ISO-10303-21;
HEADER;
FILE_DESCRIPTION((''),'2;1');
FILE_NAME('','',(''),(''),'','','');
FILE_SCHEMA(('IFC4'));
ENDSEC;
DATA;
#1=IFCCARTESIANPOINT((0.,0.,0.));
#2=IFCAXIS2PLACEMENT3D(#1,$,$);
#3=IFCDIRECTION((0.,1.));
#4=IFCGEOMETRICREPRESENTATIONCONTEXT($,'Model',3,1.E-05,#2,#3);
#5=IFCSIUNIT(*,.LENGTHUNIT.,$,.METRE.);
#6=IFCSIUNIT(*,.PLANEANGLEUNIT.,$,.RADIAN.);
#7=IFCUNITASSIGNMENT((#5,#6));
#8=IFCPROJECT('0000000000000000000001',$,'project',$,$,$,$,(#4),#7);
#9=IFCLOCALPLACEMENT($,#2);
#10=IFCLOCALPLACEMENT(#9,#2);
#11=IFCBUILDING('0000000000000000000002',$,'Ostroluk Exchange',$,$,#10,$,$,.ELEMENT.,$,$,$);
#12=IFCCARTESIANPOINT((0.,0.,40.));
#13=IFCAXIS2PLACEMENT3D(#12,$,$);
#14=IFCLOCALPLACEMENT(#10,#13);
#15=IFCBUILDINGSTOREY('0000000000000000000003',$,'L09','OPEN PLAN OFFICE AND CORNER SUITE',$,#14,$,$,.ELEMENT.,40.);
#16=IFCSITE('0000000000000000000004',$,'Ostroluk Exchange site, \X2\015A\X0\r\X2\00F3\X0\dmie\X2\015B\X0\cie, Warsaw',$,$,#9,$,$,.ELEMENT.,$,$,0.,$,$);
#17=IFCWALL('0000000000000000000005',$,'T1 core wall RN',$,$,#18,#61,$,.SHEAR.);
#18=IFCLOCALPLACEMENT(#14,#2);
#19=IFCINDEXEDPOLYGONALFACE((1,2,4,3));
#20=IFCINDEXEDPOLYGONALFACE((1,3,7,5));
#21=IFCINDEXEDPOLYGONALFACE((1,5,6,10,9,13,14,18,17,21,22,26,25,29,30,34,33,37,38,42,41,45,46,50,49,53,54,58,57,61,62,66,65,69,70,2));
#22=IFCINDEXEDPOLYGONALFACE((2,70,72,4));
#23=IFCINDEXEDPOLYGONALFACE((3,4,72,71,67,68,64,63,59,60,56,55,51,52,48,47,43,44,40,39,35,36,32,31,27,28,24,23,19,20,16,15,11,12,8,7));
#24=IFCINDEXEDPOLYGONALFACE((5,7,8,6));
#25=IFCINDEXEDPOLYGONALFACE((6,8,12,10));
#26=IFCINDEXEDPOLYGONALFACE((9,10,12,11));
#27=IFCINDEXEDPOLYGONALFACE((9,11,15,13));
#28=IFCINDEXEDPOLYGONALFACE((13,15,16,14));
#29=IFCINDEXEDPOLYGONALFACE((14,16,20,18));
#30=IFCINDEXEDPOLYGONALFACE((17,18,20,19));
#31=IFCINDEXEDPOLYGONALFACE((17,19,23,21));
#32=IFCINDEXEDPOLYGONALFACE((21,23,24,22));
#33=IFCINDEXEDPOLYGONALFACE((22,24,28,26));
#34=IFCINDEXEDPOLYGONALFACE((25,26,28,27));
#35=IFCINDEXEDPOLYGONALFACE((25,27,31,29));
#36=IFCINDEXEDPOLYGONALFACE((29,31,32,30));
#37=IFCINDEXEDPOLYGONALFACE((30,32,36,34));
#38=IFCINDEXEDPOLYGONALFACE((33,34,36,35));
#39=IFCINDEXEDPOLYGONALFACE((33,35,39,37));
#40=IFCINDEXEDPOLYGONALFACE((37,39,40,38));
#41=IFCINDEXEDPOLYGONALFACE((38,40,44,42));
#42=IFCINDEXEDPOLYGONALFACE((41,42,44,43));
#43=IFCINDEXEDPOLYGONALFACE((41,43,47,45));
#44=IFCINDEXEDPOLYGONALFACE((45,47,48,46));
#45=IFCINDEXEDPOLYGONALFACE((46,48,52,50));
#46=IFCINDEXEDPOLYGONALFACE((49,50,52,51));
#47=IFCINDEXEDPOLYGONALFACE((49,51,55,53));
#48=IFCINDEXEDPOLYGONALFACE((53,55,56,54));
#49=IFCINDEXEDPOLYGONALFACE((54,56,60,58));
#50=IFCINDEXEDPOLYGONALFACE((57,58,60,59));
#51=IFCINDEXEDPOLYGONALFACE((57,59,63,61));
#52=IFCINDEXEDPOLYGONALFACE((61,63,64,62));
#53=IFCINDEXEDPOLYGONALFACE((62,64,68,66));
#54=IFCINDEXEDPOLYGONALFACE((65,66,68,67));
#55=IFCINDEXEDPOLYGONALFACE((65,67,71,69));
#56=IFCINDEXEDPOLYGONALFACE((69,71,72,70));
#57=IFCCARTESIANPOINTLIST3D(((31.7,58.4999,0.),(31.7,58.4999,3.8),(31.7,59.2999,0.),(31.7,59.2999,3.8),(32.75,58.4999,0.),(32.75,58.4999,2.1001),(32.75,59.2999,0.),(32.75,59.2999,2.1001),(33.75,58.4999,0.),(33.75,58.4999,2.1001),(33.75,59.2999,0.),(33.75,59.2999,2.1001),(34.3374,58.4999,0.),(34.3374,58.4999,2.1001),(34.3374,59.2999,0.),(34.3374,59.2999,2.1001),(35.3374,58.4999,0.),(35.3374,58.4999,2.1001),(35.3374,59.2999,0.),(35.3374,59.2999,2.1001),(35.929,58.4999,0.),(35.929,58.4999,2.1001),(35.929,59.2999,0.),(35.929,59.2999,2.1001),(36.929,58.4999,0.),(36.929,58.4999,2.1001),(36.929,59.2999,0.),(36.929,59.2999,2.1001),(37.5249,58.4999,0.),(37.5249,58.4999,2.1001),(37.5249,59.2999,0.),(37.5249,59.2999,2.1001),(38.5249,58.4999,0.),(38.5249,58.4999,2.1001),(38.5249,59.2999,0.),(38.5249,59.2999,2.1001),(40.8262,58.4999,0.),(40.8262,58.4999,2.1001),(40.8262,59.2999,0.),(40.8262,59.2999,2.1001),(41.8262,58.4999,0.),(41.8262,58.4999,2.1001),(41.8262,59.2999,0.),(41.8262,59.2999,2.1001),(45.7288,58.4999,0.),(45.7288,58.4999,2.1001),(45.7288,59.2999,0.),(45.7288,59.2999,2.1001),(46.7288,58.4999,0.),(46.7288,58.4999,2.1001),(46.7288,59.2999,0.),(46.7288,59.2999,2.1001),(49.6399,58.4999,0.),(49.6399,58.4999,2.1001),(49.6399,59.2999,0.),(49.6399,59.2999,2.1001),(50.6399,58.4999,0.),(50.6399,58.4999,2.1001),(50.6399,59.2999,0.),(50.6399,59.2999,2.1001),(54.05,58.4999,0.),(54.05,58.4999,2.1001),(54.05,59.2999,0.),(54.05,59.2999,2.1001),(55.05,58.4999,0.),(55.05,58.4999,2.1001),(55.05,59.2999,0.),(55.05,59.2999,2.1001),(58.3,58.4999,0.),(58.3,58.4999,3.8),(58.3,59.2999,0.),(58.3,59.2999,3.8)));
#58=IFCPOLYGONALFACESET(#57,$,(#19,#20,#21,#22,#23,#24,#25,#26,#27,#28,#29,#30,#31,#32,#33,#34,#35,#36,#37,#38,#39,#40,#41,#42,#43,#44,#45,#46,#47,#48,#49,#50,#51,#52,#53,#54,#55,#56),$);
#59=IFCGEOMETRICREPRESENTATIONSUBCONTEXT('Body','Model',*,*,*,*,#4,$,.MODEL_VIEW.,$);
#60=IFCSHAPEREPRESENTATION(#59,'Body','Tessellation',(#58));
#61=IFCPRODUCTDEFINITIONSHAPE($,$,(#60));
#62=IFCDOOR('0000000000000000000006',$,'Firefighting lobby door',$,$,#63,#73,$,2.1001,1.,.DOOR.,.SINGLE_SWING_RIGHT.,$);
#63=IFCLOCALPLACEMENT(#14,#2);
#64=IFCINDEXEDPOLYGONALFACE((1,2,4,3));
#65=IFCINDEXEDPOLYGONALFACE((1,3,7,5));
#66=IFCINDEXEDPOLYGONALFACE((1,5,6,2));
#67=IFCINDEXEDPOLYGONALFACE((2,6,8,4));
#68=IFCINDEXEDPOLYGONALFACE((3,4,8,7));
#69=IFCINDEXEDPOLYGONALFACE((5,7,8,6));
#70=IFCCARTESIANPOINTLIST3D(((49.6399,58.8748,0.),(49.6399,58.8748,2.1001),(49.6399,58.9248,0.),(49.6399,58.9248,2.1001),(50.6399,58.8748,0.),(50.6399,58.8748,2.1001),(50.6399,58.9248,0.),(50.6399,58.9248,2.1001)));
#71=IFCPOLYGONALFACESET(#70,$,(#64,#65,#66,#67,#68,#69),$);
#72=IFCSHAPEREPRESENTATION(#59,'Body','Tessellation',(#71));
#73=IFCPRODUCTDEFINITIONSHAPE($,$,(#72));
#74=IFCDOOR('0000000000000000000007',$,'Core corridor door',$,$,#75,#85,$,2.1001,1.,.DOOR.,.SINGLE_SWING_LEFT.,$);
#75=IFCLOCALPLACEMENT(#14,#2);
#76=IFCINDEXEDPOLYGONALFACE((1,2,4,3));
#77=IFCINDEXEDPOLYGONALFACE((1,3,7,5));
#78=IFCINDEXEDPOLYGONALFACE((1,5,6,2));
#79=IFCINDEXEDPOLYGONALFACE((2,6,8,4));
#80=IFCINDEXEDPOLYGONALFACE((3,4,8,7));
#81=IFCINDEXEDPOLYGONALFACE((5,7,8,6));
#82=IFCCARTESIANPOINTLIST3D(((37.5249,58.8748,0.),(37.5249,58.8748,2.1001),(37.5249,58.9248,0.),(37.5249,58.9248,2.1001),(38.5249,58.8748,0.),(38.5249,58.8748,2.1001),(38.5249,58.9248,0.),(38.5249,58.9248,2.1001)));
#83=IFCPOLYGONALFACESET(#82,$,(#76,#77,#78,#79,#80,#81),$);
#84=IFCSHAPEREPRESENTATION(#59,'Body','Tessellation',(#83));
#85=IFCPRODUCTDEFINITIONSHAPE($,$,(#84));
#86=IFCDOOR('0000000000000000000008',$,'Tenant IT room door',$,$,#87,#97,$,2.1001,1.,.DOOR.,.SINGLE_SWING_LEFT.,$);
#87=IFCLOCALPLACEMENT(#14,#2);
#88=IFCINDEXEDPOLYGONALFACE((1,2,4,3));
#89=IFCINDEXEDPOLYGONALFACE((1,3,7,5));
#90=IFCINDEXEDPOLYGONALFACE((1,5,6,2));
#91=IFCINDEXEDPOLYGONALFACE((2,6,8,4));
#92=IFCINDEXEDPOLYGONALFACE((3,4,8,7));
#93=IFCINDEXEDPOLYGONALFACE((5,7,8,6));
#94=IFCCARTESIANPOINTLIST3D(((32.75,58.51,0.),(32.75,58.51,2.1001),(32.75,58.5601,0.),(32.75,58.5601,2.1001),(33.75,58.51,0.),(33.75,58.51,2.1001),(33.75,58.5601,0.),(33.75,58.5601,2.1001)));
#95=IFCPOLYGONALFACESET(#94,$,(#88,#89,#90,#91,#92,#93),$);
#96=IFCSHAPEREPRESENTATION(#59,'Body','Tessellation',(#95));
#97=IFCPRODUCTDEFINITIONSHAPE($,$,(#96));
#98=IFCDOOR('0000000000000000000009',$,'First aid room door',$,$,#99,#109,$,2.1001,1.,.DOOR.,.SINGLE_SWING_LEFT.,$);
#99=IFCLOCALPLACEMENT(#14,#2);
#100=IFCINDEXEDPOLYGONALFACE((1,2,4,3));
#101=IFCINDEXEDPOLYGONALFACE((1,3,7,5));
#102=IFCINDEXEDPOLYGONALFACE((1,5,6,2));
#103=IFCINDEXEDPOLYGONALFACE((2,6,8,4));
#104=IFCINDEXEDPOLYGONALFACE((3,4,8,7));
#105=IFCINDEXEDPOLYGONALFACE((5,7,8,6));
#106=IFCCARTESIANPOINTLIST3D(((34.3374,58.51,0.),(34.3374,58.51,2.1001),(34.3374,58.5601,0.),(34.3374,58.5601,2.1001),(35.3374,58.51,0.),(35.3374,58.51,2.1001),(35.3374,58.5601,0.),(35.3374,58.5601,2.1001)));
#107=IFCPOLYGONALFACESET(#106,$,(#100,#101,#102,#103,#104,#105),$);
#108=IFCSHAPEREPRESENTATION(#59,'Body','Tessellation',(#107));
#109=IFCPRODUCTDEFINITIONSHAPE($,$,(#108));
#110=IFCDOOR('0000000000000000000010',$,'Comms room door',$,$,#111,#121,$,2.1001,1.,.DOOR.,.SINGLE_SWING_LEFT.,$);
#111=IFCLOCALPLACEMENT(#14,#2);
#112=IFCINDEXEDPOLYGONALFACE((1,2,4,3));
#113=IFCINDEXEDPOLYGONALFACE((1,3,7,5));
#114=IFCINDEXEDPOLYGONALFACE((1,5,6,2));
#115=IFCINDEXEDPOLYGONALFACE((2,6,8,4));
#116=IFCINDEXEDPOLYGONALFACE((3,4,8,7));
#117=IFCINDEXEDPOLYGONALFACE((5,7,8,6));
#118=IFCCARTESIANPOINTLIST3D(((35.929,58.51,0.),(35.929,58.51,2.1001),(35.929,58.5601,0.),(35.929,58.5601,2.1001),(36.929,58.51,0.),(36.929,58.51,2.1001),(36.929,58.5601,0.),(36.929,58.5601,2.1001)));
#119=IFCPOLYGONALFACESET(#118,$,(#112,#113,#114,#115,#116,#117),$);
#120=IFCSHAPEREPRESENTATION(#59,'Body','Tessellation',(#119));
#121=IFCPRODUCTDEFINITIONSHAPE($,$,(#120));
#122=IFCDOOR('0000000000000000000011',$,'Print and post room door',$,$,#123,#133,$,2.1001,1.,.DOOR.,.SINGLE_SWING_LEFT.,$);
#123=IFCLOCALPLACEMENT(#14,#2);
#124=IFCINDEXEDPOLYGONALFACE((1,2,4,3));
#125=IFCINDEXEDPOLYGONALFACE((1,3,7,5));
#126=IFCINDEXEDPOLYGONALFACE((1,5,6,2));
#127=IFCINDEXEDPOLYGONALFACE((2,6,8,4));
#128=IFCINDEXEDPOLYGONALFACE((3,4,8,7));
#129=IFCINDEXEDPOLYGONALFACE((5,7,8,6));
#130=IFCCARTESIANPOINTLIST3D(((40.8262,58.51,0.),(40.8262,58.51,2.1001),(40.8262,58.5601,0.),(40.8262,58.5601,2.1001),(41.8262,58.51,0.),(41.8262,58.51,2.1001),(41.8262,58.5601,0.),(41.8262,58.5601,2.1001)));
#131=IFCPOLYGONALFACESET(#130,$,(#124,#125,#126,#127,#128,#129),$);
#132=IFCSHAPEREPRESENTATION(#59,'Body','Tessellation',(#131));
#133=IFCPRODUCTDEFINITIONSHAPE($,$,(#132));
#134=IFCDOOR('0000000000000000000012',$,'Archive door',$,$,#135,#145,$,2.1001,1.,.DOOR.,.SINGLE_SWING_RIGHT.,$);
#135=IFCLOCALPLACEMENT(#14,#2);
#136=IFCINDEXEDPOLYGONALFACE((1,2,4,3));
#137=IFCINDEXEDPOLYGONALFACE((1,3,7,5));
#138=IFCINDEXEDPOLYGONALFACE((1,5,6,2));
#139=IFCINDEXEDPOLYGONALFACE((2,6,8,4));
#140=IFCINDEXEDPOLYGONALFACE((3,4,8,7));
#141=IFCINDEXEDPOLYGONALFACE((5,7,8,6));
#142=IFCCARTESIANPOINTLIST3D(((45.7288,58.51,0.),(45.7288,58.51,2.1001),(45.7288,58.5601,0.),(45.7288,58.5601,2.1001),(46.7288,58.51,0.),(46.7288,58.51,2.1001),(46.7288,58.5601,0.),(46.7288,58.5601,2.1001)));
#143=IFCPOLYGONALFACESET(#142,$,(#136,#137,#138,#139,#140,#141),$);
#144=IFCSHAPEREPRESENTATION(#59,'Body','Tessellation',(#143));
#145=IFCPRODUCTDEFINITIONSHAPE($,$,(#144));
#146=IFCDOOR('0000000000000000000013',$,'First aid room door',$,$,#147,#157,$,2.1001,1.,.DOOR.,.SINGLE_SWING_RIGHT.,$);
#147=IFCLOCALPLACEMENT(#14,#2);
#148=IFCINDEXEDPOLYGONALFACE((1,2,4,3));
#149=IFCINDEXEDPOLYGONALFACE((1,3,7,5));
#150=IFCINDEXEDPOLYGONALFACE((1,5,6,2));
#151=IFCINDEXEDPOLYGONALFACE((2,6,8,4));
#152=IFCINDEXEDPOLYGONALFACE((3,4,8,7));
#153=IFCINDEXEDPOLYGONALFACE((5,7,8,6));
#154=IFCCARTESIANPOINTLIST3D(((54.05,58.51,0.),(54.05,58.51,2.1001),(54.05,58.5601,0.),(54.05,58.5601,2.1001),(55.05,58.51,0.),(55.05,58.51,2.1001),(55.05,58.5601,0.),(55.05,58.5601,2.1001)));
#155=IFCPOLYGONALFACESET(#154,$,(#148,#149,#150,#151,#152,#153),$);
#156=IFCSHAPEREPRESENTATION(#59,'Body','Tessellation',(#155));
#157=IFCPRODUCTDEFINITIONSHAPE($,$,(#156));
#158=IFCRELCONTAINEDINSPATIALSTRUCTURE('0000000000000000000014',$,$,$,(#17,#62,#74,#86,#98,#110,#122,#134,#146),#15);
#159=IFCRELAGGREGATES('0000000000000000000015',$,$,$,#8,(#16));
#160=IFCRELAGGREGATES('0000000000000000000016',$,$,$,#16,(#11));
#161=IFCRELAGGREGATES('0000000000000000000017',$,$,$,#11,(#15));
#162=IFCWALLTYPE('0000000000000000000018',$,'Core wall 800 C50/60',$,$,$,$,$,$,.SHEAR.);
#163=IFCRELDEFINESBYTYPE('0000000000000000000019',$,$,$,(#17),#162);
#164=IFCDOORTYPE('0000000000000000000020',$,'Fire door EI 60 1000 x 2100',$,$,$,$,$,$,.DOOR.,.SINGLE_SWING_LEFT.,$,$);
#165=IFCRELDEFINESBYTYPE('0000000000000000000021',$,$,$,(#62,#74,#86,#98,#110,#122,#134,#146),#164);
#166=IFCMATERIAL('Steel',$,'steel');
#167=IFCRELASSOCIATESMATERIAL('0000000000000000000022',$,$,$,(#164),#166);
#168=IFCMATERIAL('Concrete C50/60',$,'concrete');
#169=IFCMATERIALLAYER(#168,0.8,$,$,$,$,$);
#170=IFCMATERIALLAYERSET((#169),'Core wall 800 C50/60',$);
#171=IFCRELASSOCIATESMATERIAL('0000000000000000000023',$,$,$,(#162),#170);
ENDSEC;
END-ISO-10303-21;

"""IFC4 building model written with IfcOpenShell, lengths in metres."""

from ifc_helpers import new_model, si_unit, direction, frame, frame_2d, origin, place, context, subcontext, project, spatial, rectangle, extrude, material, layer, layer_set, type_object, element, fill, save


model = new_model("IFC4")

# Units and contexts
model_context = context("Model", 3, precision=1e-05, world=origin(), true_north=direction((0.0, 1.0)))
body_context = subcontext(model_context, "Body", "Model", "MODEL_VIEW")
ifc_project = project(units=[si_unit("LENGTHUNIT", "METRE"), si_unit("PLANEANGLEUNIT", "RADIAN")], contexts=[model_context])

# Site, building, storey
site_placement = place(None, origin())
site = spatial("IfcSite", under=ifc_project, at=site_placement, Name="Ostroluk Exchange site, Śródmieście, Warsaw", CompositionType="ELEMENT", RefElevation=0.0)
building_placement = place(site_placement, origin())
building = spatial("IfcBuilding", under=site, at=building_placement, Name="Ostroluk Exchange", CompositionType="ELEMENT")
storey_placement = place(building_placement, frame((0.0, 0.0, 40.0)))
storey = spatial("IfcBuildingStorey", under=building, at=storey_placement, Name="L09", Description="OPEN PLAN OFFICE AND CORNER SUITE", CompositionType="ELEMENT", Elevation=40.0)

# Wall, openings, doors
ifc_material_1 = material(Name="Steel", Category="steel")
door_type = type_object("IfcDoorType", Name="Fire door EI 60 1000 x 2100", OperationType="SINGLE_SWING_LEFT", PredefinedType="DOOR", material=ifc_material_1)
ifc_material_2 = material(Name="Concrete C50/60", Category="concrete")
ifc_layer_1 = layer(ifc_material_2, 0.8)
ifc_layer_set_1 = layer_set([ifc_layer_1], Name="Core wall 800 C50/60")
wall_type_1 = type_object("IfcWallType", Name="Core wall 800 C50/60", PredefinedType="SHEAR", material=ifc_layer_set_1)
wall_1_placement = place(storey_placement, frame((31.7, 58.8999, 0.0), z_axis=(0.0, 0.0, 1.0), x_axis=(1.0, 0.0, 0.0)))
wall_1 = element("IfcWall", 1, at=wall_1_placement, inside=storey, type_object=wall_type_1, Name="T1 core wall RN", PredefinedType="SHEAR", context=body_context, shape_type="SweptSolid", body=[
    extrude(rectangle(XDim=26.6001, YDim=0.8, at=frame_2d((13.3, 0.0))), origin(), (0.0, 0.0, 1.0), 3.8),
])
opening_1_placement = place(wall_1_placement, frame((17.9399, 0.0, 0.0)))
opening_1 = element("IfcOpeningElement", 2, at=opening_1_placement, cuts=wall_1, PredefinedType="OPENING", context=body_context, shape_type="SweptSolid", body=[
    extrude(rectangle(XDim=1.0, YDim=2.1001, at=frame_2d((0.5, 1.05))), frame((0.0, 0.4099, 0.0), z_axis=(0.0, -1.0, 0.0), x_axis=(1.0, 0.0, 0.0)), (0.0, 0.0, 1.0), 0.8201),
])
opening_2_placement = place(wall_1_placement, frame((5.825, 0.0, 0.0)))
opening_2 = element("IfcOpeningElement", 3, at=opening_2_placement, cuts=wall_1, PredefinedType="OPENING", context=body_context, shape_type="SweptSolid", body=[
    extrude(rectangle(XDim=1.0, YDim=2.1001, at=frame_2d((0.5, 1.05))), frame((0.0, 0.4099, 0.0), z_axis=(0.0, -1.0, 0.0), x_axis=(1.0, 0.0, 0.0)), (0.0, 0.0, 1.0), 0.8201),
])
opening_3_placement = place(wall_1_placement, frame((1.05, 0.0, 0.0)))
opening_3 = element("IfcOpeningElement", 4, at=opening_3_placement, cuts=wall_1, PredefinedType="OPENING", context=body_context, shape_type="SweptSolid", body=[
    extrude(rectangle(XDim=1.0, YDim=2.1001, at=frame_2d((0.5, 1.05))), frame((0.0, 0.4099, 0.0), z_axis=(0.0, -1.0, 0.0), x_axis=(1.0, 0.0, 0.0)), (0.0, 0.0, 1.0), 0.8201),
])
opening_4_placement = place(wall_1_placement, frame((2.6375, 0.0, 0.0)))
opening_4 = element("IfcOpeningElement", 5, at=opening_4_placement, cuts=wall_1, PredefinedType="OPENING", context=body_context, shape_type="SweptSolid", body=[
    extrude(rectangle(XDim=1.0, YDim=2.1001, at=frame_2d((0.5, 1.05))), frame((0.0, 0.4099, 0.0), z_axis=(0.0, -1.0, 0.0), x_axis=(1.0, 0.0, 0.0)), (0.0, 0.0, 1.0), 0.8201),
])
opening_5_placement = place(wall_1_placement, frame((4.229, 0.0, 0.0)))
opening_5 = element("IfcOpeningElement", 6, at=opening_5_placement, cuts=wall_1, PredefinedType="OPENING", context=body_context, shape_type="SweptSolid", body=[
    extrude(rectangle(XDim=1.0, YDim=2.1001, at=frame_2d((0.5, 1.05))), frame((0.0, 0.4099, 0.0), z_axis=(0.0, -1.0, 0.0), x_axis=(1.0, 0.0, 0.0)), (0.0, 0.0, 1.0), 0.8201),
])
opening_6_placement = place(wall_1_placement, frame((9.1262, 0.0, 0.0)))
opening_6 = element("IfcOpeningElement", 7, at=opening_6_placement, cuts=wall_1, PredefinedType="OPENING", context=body_context, shape_type="SweptSolid", body=[
    extrude(rectangle(XDim=1.0, YDim=2.1001, at=frame_2d((0.5, 1.05))), frame((0.0, 0.4099, 0.0), z_axis=(0.0, -1.0, 0.0), x_axis=(1.0, 0.0, 0.0)), (0.0, 0.0, 1.0), 0.8201),
])
opening_7_placement = place(wall_1_placement, frame((14.0288, 0.0, 0.0)))
opening_7 = element("IfcOpeningElement", 8, at=opening_7_placement, cuts=wall_1, PredefinedType="OPENING", context=body_context, shape_type="SweptSolid", body=[
    extrude(rectangle(XDim=1.0, YDim=2.1001, at=frame_2d((0.5, 1.05))), frame((0.0, 0.4099, 0.0), z_axis=(0.0, -1.0, 0.0), x_axis=(1.0, 0.0, 0.0)), (0.0, 0.0, 1.0), 0.8201),
])
opening_8_placement = place(wall_1_placement, frame((22.3501, 0.0, 0.0)))
opening_8 = element("IfcOpeningElement", 9, at=opening_8_placement, cuts=wall_1, PredefinedType="OPENING", context=body_context, shape_type="SweptSolid", body=[
    extrude(rectangle(XDim=1.0, YDim=2.1001, at=frame_2d((0.5, 1.05))), frame((0.0, 0.4099, 0.0), z_axis=(0.0, -1.0, 0.0), x_axis=(1.0, 0.0, 0.0)), (0.0, 0.0, 1.0), 0.8201),
])
door_1_placement = place(opening_1_placement, origin())
door_1 = element("IfcDoor", 10, at=door_1_placement, inside=storey, type_object=door_type, Name="Firefighting lobby door", OperationType="SINGLE_SWING_RIGHT", OverallHeight=2.1001, OverallWidth=1.0, PredefinedType="DOOR", context=body_context, shape_type="SweptSolid", body=[
    extrude(rectangle(XDim=1.0, YDim=2.1001, at=frame_2d((0.5, 1.05))), frame((0.0, 0.0249, 0.0), z_axis=(0.0, -1.0, 0.0), x_axis=(1.0, 0.0, 0.0)), (0.0, 0.0, 1.0), 0.05),
])
fill(opening_1, door_1)
door_2_placement = place(opening_2_placement, origin())
door_2 = element("IfcDoor", 11, at=door_2_placement, inside=storey, type_object=door_type, Name="Core corridor door", OperationType="SINGLE_SWING_LEFT", OverallHeight=2.1001, OverallWidth=1.0, PredefinedType="DOOR", context=body_context, shape_type="SweptSolid", body=[
    extrude(rectangle(XDim=1.0, YDim=2.1001, at=frame_2d((0.5, 1.05))), frame((0.0, 0.0249, 0.0), z_axis=(0.0, -1.0, 0.0), x_axis=(1.0, 0.0, 0.0)), (0.0, 0.0, 1.0), 0.05),
])
fill(opening_2, door_2)
door_3_placement = place(opening_3_placement, origin())
door_3 = element("IfcDoor", 12, at=door_3_placement, inside=storey, type_object=door_type, Name="Tenant IT room door", OperationType="SINGLE_SWING_LEFT", OverallHeight=2.1001, OverallWidth=1.0, PredefinedType="DOOR", context=body_context, shape_type="SweptSolid", body=[
    extrude(rectangle(XDim=1.0, YDim=2.1001, at=frame_2d((0.5, 1.05))), frame((0.0, -0.3398, 0.0), z_axis=(0.0, -1.0, 0.0), x_axis=(1.0, 0.0, 0.0)), (0.0, 0.0, 1.0), 0.05),
])
fill(opening_3, door_3)
door_4_placement = place(opening_4_placement, origin())
door_4 = element("IfcDoor", 13, at=door_4_placement, inside=storey, type_object=door_type, Name="First aid room door", OperationType="SINGLE_SWING_LEFT", OverallHeight=2.1001, OverallWidth=1.0, PredefinedType="DOOR", context=body_context, shape_type="SweptSolid", body=[
    extrude(rectangle(XDim=1.0, YDim=2.1001, at=frame_2d((0.5, 1.05))), frame((0.0, -0.3398, 0.0), z_axis=(0.0, -1.0, 0.0), x_axis=(1.0, 0.0, 0.0)), (0.0, 0.0, 1.0), 0.05),
])
fill(opening_4, door_4)
door_5_placement = place(opening_5_placement, origin())
door_5 = element("IfcDoor", 14, at=door_5_placement, inside=storey, type_object=door_type, Name="Comms room door", OperationType="SINGLE_SWING_LEFT", OverallHeight=2.1001, OverallWidth=1.0, PredefinedType="DOOR", context=body_context, shape_type="SweptSolid", body=[
    extrude(rectangle(XDim=1.0, YDim=2.1001, at=frame_2d((0.5, 1.05))), frame((0.0, -0.3398, 0.0), z_axis=(0.0, -1.0, 0.0), x_axis=(1.0, 0.0, 0.0)), (0.0, 0.0, 1.0), 0.05),
])
fill(opening_5, door_5)
door_6_placement = place(opening_6_placement, origin())
door_6 = element("IfcDoor", 15, at=door_6_placement, inside=storey, type_object=door_type, Name="Print and post room door", OperationType="SINGLE_SWING_LEFT", OverallHeight=2.1001, OverallWidth=1.0, PredefinedType="DOOR", context=body_context, shape_type="SweptSolid", body=[
    extrude(rectangle(XDim=1.0, YDim=2.1001, at=frame_2d((0.5, 1.05))), frame((0.0, -0.3398, 0.0), z_axis=(0.0, -1.0, 0.0), x_axis=(1.0, 0.0, 0.0)), (0.0, 0.0, 1.0), 0.05),
])
fill(opening_6, door_6)
door_7_placement = place(opening_7_placement, origin())
door_7 = element("IfcDoor", 16, at=door_7_placement, inside=storey, type_object=door_type, Name="Archive door", OperationType="SINGLE_SWING_RIGHT", OverallHeight=2.1001, OverallWidth=1.0, PredefinedType="DOOR", context=body_context, shape_type="SweptSolid", body=[
    extrude(rectangle(XDim=1.0, YDim=2.1001, at=frame_2d((0.5, 1.05))), frame((0.0, -0.3398, 0.0), z_axis=(0.0, -1.0, 0.0), x_axis=(1.0, 0.0, 0.0)), (0.0, 0.0, 1.0), 0.05),
])
fill(opening_7, door_7)
door_8_placement = place(opening_8_placement, origin())
door_8 = element("IfcDoor", 17, at=door_8_placement, inside=storey, type_object=door_type, Name="First aid room door", OperationType="SINGLE_SWING_RIGHT", OverallHeight=2.1001, OverallWidth=1.0, PredefinedType="DOOR", context=body_context, shape_type="SweptSolid", body=[
    extrude(rectangle(XDim=1.0, YDim=2.1001, at=frame_2d((0.5, 1.05))), frame((0.0, -0.3398, 0.0), z_axis=(0.0, -1.0, 0.0), x_axis=(1.0, 0.0, 0.0)), (0.0, 0.0, 1.0), 0.05),
])
fill(opening_8, door_8)

save(model, "model.ifc")
